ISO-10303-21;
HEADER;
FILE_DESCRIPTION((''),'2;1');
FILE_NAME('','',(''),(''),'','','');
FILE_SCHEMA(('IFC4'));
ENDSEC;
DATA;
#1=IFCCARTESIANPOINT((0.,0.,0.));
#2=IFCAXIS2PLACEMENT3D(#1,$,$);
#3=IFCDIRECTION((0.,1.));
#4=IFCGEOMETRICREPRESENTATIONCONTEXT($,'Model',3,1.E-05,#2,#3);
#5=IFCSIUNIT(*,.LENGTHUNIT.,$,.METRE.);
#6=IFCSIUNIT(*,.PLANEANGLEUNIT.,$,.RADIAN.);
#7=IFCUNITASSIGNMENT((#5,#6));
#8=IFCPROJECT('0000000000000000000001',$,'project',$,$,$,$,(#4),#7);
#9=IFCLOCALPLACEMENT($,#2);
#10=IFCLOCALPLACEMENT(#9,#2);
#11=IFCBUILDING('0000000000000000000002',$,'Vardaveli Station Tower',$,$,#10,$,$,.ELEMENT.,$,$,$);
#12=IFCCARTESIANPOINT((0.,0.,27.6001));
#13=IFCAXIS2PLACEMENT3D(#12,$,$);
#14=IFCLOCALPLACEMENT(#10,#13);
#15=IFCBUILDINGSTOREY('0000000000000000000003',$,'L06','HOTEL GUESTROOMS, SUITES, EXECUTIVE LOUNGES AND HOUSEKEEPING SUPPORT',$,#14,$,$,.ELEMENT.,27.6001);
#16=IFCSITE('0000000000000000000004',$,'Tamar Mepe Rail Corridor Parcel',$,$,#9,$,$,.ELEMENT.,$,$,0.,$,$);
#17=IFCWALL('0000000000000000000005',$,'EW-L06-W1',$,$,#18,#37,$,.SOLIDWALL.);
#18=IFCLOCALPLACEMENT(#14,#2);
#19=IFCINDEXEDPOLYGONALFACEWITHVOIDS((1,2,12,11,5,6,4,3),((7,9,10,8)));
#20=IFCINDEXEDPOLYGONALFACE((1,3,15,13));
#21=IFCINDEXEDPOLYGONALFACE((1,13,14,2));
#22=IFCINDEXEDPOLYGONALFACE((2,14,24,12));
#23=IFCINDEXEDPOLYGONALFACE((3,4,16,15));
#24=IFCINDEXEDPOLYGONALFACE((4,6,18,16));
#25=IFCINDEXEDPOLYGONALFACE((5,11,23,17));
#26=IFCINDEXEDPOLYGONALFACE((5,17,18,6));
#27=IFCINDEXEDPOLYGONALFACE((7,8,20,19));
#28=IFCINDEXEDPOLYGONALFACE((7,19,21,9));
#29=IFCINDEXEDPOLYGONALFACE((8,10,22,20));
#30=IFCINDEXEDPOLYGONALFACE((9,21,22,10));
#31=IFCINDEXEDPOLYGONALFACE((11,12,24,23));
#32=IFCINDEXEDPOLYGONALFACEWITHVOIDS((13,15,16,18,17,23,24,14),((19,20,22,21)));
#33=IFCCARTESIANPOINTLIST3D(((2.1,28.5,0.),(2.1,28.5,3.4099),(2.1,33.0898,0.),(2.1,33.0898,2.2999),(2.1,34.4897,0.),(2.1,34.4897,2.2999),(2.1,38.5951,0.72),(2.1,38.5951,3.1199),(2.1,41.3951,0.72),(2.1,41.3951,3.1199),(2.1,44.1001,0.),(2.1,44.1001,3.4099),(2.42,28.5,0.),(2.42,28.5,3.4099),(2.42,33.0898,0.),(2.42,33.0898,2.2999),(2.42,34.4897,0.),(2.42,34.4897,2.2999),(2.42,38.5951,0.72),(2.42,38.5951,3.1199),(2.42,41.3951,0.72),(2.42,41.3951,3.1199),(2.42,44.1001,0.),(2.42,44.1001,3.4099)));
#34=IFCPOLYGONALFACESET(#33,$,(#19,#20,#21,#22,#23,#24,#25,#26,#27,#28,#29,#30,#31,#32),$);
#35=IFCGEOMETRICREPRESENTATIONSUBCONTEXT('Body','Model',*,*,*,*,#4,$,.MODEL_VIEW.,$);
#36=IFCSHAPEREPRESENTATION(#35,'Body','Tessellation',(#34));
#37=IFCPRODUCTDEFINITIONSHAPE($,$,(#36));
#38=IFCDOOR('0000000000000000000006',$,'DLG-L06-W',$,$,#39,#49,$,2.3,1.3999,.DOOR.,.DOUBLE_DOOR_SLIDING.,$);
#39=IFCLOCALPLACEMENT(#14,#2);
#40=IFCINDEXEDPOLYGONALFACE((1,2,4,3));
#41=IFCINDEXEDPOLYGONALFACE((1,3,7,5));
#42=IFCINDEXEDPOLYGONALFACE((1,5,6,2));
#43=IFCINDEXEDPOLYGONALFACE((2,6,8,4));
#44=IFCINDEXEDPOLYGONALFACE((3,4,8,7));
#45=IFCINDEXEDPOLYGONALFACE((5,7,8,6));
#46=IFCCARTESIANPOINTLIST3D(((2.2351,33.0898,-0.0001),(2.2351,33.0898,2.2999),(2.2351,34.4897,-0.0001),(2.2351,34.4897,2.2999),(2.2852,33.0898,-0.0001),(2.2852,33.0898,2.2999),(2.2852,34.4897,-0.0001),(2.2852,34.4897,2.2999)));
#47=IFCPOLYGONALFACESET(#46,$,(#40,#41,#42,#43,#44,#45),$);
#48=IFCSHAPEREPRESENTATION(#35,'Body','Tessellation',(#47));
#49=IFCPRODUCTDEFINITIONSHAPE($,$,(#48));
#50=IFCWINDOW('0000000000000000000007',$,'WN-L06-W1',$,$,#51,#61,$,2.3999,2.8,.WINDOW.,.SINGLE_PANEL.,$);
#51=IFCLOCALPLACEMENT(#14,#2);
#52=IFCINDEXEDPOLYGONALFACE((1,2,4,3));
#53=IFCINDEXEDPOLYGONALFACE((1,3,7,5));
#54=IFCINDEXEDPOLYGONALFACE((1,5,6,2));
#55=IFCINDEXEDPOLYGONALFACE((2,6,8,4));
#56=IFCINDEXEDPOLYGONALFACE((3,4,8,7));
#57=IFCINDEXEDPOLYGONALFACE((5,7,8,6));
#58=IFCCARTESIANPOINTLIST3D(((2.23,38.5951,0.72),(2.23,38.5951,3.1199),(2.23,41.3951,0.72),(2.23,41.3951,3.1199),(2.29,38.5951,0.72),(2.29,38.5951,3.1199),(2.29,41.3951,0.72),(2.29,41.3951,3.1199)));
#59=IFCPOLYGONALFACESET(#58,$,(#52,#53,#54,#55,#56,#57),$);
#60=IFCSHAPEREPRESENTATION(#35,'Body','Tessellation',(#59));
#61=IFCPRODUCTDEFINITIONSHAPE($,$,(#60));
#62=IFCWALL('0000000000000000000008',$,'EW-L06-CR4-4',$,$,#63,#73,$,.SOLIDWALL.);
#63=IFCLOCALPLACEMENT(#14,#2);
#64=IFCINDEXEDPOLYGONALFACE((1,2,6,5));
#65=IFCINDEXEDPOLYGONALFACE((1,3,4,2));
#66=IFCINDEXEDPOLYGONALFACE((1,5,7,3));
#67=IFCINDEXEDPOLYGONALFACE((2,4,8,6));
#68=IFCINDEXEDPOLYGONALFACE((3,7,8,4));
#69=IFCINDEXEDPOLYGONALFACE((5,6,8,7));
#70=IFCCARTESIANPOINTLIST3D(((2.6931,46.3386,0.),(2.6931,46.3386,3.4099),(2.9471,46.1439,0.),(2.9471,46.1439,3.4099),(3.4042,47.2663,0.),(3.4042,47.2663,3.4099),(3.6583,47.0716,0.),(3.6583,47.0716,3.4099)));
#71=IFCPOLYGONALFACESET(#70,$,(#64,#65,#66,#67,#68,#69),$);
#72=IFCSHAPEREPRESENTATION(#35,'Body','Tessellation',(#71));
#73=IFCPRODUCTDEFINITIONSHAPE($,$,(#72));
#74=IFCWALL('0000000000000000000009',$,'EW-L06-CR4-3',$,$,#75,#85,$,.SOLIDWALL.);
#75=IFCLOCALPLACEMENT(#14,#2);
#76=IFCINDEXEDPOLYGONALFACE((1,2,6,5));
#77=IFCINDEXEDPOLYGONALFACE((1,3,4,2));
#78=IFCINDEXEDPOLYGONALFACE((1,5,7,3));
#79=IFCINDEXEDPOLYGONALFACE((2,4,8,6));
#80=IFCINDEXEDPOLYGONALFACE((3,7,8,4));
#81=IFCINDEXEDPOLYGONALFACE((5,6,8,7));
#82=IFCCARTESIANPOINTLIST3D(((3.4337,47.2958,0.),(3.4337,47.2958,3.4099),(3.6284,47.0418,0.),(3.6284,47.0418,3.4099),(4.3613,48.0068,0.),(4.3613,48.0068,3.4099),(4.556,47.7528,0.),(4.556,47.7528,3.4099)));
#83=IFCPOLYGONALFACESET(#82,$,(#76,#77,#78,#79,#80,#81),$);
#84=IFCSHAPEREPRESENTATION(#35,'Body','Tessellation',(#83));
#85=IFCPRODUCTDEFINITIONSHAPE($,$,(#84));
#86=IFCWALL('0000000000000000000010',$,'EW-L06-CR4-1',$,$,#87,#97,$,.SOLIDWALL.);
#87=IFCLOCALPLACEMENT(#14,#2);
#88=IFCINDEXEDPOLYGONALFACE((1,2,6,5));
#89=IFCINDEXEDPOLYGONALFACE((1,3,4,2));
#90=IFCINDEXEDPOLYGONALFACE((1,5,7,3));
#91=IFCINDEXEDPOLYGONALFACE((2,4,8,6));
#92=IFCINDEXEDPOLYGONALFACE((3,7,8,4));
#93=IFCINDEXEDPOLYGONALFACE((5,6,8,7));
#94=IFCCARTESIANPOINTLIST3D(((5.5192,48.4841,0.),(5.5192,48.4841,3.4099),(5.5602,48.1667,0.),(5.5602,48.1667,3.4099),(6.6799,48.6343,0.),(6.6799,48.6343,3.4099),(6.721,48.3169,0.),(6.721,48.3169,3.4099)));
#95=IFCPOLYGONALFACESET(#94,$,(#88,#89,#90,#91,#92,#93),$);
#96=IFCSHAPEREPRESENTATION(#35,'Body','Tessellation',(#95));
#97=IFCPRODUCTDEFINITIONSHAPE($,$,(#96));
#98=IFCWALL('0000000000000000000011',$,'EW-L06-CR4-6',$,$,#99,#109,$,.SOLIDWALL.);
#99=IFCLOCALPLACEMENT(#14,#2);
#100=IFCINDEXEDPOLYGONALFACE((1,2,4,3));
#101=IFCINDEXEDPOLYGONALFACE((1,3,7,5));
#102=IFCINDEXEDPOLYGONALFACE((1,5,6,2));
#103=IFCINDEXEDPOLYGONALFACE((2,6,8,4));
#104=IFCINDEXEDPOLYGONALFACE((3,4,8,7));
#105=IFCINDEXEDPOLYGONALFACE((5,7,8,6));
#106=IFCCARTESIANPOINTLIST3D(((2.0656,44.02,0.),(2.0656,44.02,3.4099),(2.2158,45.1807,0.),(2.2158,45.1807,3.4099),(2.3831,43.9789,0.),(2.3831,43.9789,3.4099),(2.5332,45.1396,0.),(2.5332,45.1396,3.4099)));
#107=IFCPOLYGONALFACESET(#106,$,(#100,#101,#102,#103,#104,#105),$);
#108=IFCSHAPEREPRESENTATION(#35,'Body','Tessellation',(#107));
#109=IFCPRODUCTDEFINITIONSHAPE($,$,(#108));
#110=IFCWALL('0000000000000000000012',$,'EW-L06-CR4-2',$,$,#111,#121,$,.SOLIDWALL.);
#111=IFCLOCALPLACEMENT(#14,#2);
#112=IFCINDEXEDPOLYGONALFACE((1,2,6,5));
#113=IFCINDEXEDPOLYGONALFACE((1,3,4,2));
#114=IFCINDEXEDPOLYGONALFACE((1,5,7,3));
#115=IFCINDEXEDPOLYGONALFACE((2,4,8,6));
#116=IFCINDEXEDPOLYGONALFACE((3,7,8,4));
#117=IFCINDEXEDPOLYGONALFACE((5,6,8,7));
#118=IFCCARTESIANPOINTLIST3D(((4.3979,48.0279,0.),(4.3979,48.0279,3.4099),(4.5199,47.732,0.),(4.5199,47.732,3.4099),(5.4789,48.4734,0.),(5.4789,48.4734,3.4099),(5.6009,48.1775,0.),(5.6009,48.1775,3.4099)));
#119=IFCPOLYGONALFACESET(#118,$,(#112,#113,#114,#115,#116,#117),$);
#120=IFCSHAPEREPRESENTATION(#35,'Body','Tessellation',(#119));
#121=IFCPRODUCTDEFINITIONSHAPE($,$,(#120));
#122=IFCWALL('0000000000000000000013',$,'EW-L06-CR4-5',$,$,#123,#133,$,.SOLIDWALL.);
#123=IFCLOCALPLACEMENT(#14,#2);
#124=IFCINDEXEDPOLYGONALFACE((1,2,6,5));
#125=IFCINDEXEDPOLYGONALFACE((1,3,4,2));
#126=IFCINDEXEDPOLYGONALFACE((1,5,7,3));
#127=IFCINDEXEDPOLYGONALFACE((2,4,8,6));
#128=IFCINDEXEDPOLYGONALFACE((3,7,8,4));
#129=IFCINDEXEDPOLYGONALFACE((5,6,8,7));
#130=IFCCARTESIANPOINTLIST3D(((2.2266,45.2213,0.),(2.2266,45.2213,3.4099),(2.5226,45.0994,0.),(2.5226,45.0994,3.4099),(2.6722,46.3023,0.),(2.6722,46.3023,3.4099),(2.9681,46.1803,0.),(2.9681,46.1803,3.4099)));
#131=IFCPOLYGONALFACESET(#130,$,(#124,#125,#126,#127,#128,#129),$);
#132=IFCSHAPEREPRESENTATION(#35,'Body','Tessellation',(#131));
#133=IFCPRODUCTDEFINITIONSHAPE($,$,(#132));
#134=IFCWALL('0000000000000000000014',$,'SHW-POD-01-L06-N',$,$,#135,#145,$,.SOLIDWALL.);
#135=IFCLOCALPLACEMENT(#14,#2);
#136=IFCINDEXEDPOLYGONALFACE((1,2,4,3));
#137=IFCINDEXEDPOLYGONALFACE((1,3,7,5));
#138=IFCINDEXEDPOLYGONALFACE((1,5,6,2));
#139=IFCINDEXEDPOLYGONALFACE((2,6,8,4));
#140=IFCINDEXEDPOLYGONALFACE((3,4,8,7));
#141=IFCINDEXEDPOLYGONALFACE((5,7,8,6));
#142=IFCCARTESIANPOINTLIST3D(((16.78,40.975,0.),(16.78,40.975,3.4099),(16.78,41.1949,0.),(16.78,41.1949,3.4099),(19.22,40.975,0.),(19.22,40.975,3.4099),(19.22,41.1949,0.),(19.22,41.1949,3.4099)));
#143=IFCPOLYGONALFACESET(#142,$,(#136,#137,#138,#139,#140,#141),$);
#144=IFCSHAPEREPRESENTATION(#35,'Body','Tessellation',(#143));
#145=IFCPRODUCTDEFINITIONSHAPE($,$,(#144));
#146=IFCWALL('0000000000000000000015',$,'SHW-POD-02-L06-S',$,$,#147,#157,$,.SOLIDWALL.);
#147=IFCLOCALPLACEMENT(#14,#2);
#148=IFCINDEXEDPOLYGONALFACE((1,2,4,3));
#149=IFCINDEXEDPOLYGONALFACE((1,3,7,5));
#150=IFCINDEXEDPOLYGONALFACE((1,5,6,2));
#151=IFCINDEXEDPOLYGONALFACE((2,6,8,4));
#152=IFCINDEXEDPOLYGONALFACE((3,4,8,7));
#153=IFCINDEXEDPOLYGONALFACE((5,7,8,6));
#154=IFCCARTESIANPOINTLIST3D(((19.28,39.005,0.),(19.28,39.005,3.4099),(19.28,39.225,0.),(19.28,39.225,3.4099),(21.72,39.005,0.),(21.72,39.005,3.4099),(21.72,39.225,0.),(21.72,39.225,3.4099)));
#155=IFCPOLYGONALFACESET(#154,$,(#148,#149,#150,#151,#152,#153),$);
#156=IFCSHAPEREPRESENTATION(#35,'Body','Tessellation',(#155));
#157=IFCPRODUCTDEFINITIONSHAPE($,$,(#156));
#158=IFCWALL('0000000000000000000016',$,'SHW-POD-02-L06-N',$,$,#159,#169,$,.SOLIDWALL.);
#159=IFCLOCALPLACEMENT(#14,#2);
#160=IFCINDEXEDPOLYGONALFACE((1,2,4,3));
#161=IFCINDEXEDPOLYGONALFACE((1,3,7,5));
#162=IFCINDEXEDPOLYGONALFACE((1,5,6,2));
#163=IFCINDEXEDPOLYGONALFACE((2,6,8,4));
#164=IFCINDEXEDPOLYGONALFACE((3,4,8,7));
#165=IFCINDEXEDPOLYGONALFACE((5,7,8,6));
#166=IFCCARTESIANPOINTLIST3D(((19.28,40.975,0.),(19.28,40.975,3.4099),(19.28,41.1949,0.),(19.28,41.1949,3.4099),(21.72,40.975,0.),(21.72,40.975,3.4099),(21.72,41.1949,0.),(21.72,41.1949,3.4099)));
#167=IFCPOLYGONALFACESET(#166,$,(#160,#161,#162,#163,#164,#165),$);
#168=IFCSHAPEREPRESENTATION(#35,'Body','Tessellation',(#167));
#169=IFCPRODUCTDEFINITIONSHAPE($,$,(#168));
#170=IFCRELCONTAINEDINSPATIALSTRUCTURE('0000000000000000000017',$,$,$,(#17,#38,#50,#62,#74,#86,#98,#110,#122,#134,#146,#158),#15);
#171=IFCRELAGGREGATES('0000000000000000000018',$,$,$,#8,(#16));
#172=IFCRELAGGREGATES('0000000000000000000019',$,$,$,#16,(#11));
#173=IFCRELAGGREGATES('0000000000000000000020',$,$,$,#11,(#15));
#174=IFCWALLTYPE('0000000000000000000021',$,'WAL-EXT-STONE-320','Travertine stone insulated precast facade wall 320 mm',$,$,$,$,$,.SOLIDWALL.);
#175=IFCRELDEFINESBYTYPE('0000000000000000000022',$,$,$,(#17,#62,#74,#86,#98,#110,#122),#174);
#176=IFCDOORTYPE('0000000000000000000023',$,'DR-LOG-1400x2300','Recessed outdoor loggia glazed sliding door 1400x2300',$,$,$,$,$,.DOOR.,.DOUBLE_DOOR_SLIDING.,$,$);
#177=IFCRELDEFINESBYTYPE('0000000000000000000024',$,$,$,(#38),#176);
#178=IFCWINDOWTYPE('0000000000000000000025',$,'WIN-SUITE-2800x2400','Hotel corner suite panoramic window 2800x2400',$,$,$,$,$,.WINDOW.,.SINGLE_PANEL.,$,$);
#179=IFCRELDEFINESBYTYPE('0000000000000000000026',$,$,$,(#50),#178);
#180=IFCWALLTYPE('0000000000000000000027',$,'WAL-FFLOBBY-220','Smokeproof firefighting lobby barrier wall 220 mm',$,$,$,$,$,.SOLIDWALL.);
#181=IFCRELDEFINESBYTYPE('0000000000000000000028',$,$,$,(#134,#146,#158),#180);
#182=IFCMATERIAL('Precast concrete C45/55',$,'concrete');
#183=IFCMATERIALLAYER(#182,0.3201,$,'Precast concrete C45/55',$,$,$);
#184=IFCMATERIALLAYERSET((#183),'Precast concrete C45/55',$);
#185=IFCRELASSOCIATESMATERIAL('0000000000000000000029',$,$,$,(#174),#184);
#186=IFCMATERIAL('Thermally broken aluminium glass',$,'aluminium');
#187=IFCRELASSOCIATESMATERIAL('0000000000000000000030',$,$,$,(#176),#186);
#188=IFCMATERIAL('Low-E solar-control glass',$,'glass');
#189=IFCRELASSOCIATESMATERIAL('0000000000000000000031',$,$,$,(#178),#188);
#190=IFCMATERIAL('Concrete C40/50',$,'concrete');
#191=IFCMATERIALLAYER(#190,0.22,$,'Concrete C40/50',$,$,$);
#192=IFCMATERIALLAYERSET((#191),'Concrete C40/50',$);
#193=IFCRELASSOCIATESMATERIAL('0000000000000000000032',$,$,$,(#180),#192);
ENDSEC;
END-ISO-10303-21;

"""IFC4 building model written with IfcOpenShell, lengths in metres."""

from ifc_helpers import new_model, si_unit, direction, frame, frame_2d, origin, place, context, subcontext, project, spatial, rectangle, extrude, source, transform, mapped, material, layer, layer_set, type_object, element, fill, save


model = new_model("IFC4")

# Units and contexts
model_context = context("Model", 3, precision=1e-05, world=origin(), true_north=direction((0.0, 1.0)))
body_context = subcontext(model_context, "Body", "Model", "MODEL_VIEW")
ifc_project = project(units=[si_unit("LENGTHUNIT", "METRE"), si_unit("PLANEANGLEUNIT", "RADIAN")], contexts=[model_context])

# Site, building, storey
site_placement = place(None, origin())
site = spatial("IfcSite", under=ifc_project, at=site_placement, Name="Tamar Mepe Rail Corridor Parcel", CompositionType="ELEMENT", RefElevation=0.0)
building_placement = place(site_placement, origin())
building = spatial("IfcBuilding", under=site, at=building_placement, Name="Vardaveli Station Tower", CompositionType="ELEMENT")
storey_placement = place(building_placement, frame((0.0, 0.0, 27.6001)))
storey = spatial("IfcBuildingStorey", under=building, at=storey_placement, Name="L06", Description="HOTEL GUESTROOMS, SUITES, EXECUTIVE LOUNGES AND HOUSEKEEPING SUPPORT", CompositionType="ELEMENT", Elevation=27.6001)

# Shared definitions
ifc_material_1 = material(Name="Precast concrete C45/55", Category="concrete")

# Wall, openings, door, window
ifc_layer_1 = layer(ifc_material_1, 0.3201, Name="Precast concrete C45/55")
ifc_layer_set_1 = layer_set([ifc_layer_1], Name="Precast concrete C45/55")
wall_type_1 = type_object("IfcWallType", Name="WAL-EXT-STONE-320", Description="Travertine stone insulated precast facade wall 320 mm", PredefinedType="SOLIDWALL", material=ifc_layer_set_1)
shared_shape_1 = source(origin(), body_context, "Body", "SweptSolid", [
    extrude(rectangle(XDim=15.6001, YDim=0.3201, at=frame_2d((7.8, 0.0))), origin(), (0.0, 0.0, 1.0), 3.4099),
])
wall_1_placement = place(storey_placement, frame((2.26, 44.1001, 0.0), z_axis=(0.0, 0.0, 1.0), x_axis=(0.0, -1.0, 0.0)))
wall_1 = element("IfcWall", 1, at=wall_1_placement, inside=storey, type_object=wall_type_1, Name="EW-L06-W1", PredefinedType="SOLIDWALL", context=body_context, shape_type="MappedRepresentation", body=[
    mapped(shared_shape_1, transform((0.0, 0.0, 0.0), scale=1.0)),
])
shared_shape_2 = source(origin(), body_context, "Body", "SweptSolid", [
    extrude(rectangle(XDim=1.3999, YDim=2.3, at=frame_2d((0.7, 1.1499))), frame((0.0, 0.1699, 0.0), z_axis=(0.0, -1.0, 0.0), x_axis=(1.0, 0.0, 0.0)), (0.0, 0.0, 1.0), 0.3401),
])
opening_1_placement = place(wall_1_placement, frame((9.6104, 0.0, 0.0)))
opening_1 = element("IfcOpeningElement", 2, at=opening_1_placement, cuts=wall_1, PredefinedType="OPENING", context=body_context, shape_type="MappedRepresentation", body=[
    mapped(shared_shape_2, transform((0.0, 0.0, 0.0), scale=1.0)),
])
shared_shape_3 = source(origin(), body_context, "Body", "SweptSolid", [
    extrude(rectangle(XDim=2.8, YDim=2.3999, at=frame_2d((1.3999, 1.2))), frame((0.0, 0.1699, 0.0), z_axis=(0.0, -1.0, 0.0), x_axis=(1.0, 0.0, 0.0)), (0.0, 0.0, 1.0), 0.3401),
])
opening_2_placement = place(wall_1_placement, frame((2.7051, 0.0, 0.72)))
opening_2 = element("IfcOpeningElement", 3, at=opening_2_placement, cuts=wall_1, PredefinedType="OPENING", context=body_context, shape_type="MappedRepresentation", body=[
    mapped(shared_shape_3, transform((0.0, 0.0, 0.0), scale=1.0)),
])
ifc_material_2 = material(Name="Thermally broken aluminium glass", Category="aluminium")
door_type = type_object("IfcDoorType", Name="DR-LOG-1400x2300", Description="Recessed outdoor loggia glazed sliding door 1400x2300", OperationType="DOUBLE_DOOR_SLIDING", PredefinedType="DOOR", material=ifc_material_2)
shared_shape_4 = source(origin(), body_context, "Body", "SweptSolid", [
    extrude(rectangle(XDim=1.3999, YDim=2.3, at=frame_2d((0.7, 1.1499))), frame((0.0, 0.0249, 0.0), z_axis=(0.0, -1.0, 0.0), x_axis=(1.0, 0.0, 0.0)), (0.0, 0.0, 1.0), 0.05),
])
door_placement = place(opening_1_placement, frame((1.3999, 0.0, 0.0), z_axis=(0.0, 0.0, 1.0), x_axis=(-1.0, 0.0, 0.0)))
door = element("IfcDoor", 4, at=door_placement, inside=storey, type_object=door_type, Name="DLG-L06-W", OperationType="DOUBLE_DOOR_SLIDING", OverallHeight=2.3, OverallWidth=1.3999, PredefinedType="DOOR", context=body_context, shape_type="MappedRepresentation", body=[
    mapped(shared_shape_4, transform((0.0, 0.0, 0.0), scale=1.0)),
])
fill(opening_1, door)
ifc_material_3 = material(Name="Low-E solar-control glass", Category="glass")
window_type = type_object("IfcWindowType", Name="WIN-SUITE-2800x2400", Description="Hotel corner suite panoramic window 2800x2400", PartitioningType="SINGLE_PANEL", PredefinedType="WINDOW", material=ifc_material_3)
shared_shape_5 = source(origin(), body_context, "Body", "SweptSolid", [
    extrude(rectangle(XDim=2.8, YDim=2.3999, at=frame_2d((1.3999, 1.2))), frame((0.0, 0.03, 0.0), z_axis=(0.0, -1.0, 0.0), x_axis=(1.0, 0.0, 0.0)), (0.0, 0.0, 1.0), 0.0601),
])
window_placement = place(opening_2_placement, origin())
window = element("IfcWindow", 5, at=window_placement, inside=storey, type_object=window_type, Name="WN-L06-W1", OverallHeight=2.3999, OverallWidth=2.8, PartitioningType="SINGLE_PANEL", PredefinedType="WINDOW", context=body_context, shape_type="MappedRepresentation", body=[
    mapped(shared_shape_5, transform((0.0, 0.0, 0.0), scale=1.0)),
])
fill(opening_2, window)

# Walls
shared_shape_6 = source(origin(), body_context, "Body", "SweptSolid", [
    extrude(rectangle(XDim=1.1689, YDim=0.3201, at=frame_2d((0.5845, 0.0))), origin(), (0.0, 0.0, 1.0), 3.4099),
])
wall_2_placement = place(storey_placement, frame((3.5312, 47.1689, 0.0), z_axis=(0.0, 0.0, 1.0), x_axis=(-0.608388, -0.79364, 0.0)))
element("IfcWall", 6, at=wall_2_placement, inside=storey, type_object=wall_type_1, Name="EW-L06-CR4-4", PredefinedType="SOLIDWALL", context=body_context, shape_type="MappedRepresentation", body=[
    mapped(shared_shape_6, transform((0.0, 0.0, 0.0), scale=1.0)),
])
shared_shape_7 = source(origin(), body_context, "Body", "SweptSolid", [
    extrude(rectangle(XDim=1.1687, YDim=0.3201, at=frame_2d((0.5845, 0.0))), origin(), (0.0, 0.0, 1.0), 3.4099),
])
wall_3_placement = place(storey_placement, frame((4.4587, 47.8799, 0.0), z_axis=(0.0, 0.0, 1.0), x_axis=(-0.793664, -0.608357, 0.0)))
element("IfcWall", 7, at=wall_3_placement, inside=storey, type_object=wall_type_1, Name="EW-L06-CR4-3", PredefinedType="SOLIDWALL", context=body_context, shape_type="MappedRepresentation", body=[
    mapped(shared_shape_7, transform((0.0, 0.0, 0.0), scale=1.0)),
])
shared_shape_8 = source(origin(), body_context, "Body", "SweptSolid", [
    extrude(rectangle(XDim=1.1704, YDim=0.3201, at=frame_2d((0.5852, 0.0))), origin(), (0.0, 0.0, 1.0), 3.4099),
])
for number, where, z_axis, x_axis, name in (
    (8, (6.7004, 48.4756, 0.0), (0.0, 0.0, 1.0), (-0.991736, -0.128296, 0.0), "EW-L06-CR4-1"),
    (9, (2.3745, 45.1602, 0.0), (0.0, 0.0, 1.0), (-0.128296, -0.991736, 0.0), "EW-L06-CR4-6"),
):
    element("IfcWall", number, at=place(storey_placement, frame(where, z_axis=z_axis, x_axis=x_axis)), inside=storey, type_object=wall_type_1, Name=name, PredefinedType="SOLIDWALL", context=body_context, shape_type="MappedRepresentation", body=[
        mapped(shared_shape_8, transform((0.0, 0.0, 0.0), scale=1.0)),
    ])
shared_shape_9 = source(origin(), body_context, "Body", "SweptSolid", [
    extrude(rectangle(XDim=1.1692, YDim=0.3201, at=frame_2d((0.5845, 0.0))), origin(), (0.0, 0.0, 1.0), 3.4099),
])
for number, where, z_axis, x_axis, name in (
    (10, (5.5398, 48.3254, 0.0), (0.0, 0.0, 1.0), (-0.924553, -0.381054, 0.0), "EW-L06-CR4-2"),
    (11, (2.8201, 46.2412, 0.0), (0.0, 0.0, 1.0), (-0.381054, -0.924553, 0.0), "EW-L06-CR4-5"),
):
    element("IfcWall", number, at=place(storey_placement, frame(where, z_axis=z_axis, x_axis=x_axis)), inside=storey, type_object=wall_type_1, Name=name, PredefinedType="SOLIDWALL", context=body_context, shape_type="MappedRepresentation", body=[
        mapped(shared_shape_9, transform((0.0, 0.0, 0.0), scale=1.0)),
    ])
ifc_material_4 = material(Name="Concrete C40/50", Category="concrete")
ifc_layer_2 = layer(ifc_material_4, 0.22, Name="Concrete C40/50")
ifc_layer_set_2 = layer_set([ifc_layer_2], Name="Concrete C40/50")
wall_type_2 = type_object("IfcWallType", Name="WAL-FFLOBBY-220", Description="Smokeproof firefighting lobby barrier wall 220 mm", PredefinedType="SOLIDWALL", material=ifc_layer_set_2)
shared_shape_10 = source(origin(), body_context, "Body", "SweptSolid", [
    extrude(rectangle(XDim=2.4399, YDim=0.22, at=frame_2d((1.22, 0.0))), origin(), (0.0, 0.0, 1.0), 3.4099),
])
for number, where, z_axis, x_axis, name in (
    (12, (16.78, 41.085, 0.0), (0.0, 0.0, 1.0), (1.0, 0.0, 0.0), "SHW-POD-01-L06-N"),
    (13, (19.28, 39.115, 0.0), (0.0, 0.0, 1.0), (1.0, 0.0, 0.0), "SHW-POD-02-L06-S"),
    (14, (19.28, 41.085, 0.0), (0.0, 0.0, 1.0), (1.0, 0.0, 0.0), "SHW-POD-02-L06-N"),
):
    element("IfcWall", number, at=place(storey_placement, frame(where, z_axis=z_axis, x_axis=x_axis)), inside=storey, type_object=wall_type_2, Name=name, PredefinedType="SOLIDWALL", context=body_context, shape_type="MappedRepresentation", body=[
        mapped(shared_shape_10, transform((0.0, 0.0, 0.0), scale=1.0)),
    ])

save(model, "model.ifc")
